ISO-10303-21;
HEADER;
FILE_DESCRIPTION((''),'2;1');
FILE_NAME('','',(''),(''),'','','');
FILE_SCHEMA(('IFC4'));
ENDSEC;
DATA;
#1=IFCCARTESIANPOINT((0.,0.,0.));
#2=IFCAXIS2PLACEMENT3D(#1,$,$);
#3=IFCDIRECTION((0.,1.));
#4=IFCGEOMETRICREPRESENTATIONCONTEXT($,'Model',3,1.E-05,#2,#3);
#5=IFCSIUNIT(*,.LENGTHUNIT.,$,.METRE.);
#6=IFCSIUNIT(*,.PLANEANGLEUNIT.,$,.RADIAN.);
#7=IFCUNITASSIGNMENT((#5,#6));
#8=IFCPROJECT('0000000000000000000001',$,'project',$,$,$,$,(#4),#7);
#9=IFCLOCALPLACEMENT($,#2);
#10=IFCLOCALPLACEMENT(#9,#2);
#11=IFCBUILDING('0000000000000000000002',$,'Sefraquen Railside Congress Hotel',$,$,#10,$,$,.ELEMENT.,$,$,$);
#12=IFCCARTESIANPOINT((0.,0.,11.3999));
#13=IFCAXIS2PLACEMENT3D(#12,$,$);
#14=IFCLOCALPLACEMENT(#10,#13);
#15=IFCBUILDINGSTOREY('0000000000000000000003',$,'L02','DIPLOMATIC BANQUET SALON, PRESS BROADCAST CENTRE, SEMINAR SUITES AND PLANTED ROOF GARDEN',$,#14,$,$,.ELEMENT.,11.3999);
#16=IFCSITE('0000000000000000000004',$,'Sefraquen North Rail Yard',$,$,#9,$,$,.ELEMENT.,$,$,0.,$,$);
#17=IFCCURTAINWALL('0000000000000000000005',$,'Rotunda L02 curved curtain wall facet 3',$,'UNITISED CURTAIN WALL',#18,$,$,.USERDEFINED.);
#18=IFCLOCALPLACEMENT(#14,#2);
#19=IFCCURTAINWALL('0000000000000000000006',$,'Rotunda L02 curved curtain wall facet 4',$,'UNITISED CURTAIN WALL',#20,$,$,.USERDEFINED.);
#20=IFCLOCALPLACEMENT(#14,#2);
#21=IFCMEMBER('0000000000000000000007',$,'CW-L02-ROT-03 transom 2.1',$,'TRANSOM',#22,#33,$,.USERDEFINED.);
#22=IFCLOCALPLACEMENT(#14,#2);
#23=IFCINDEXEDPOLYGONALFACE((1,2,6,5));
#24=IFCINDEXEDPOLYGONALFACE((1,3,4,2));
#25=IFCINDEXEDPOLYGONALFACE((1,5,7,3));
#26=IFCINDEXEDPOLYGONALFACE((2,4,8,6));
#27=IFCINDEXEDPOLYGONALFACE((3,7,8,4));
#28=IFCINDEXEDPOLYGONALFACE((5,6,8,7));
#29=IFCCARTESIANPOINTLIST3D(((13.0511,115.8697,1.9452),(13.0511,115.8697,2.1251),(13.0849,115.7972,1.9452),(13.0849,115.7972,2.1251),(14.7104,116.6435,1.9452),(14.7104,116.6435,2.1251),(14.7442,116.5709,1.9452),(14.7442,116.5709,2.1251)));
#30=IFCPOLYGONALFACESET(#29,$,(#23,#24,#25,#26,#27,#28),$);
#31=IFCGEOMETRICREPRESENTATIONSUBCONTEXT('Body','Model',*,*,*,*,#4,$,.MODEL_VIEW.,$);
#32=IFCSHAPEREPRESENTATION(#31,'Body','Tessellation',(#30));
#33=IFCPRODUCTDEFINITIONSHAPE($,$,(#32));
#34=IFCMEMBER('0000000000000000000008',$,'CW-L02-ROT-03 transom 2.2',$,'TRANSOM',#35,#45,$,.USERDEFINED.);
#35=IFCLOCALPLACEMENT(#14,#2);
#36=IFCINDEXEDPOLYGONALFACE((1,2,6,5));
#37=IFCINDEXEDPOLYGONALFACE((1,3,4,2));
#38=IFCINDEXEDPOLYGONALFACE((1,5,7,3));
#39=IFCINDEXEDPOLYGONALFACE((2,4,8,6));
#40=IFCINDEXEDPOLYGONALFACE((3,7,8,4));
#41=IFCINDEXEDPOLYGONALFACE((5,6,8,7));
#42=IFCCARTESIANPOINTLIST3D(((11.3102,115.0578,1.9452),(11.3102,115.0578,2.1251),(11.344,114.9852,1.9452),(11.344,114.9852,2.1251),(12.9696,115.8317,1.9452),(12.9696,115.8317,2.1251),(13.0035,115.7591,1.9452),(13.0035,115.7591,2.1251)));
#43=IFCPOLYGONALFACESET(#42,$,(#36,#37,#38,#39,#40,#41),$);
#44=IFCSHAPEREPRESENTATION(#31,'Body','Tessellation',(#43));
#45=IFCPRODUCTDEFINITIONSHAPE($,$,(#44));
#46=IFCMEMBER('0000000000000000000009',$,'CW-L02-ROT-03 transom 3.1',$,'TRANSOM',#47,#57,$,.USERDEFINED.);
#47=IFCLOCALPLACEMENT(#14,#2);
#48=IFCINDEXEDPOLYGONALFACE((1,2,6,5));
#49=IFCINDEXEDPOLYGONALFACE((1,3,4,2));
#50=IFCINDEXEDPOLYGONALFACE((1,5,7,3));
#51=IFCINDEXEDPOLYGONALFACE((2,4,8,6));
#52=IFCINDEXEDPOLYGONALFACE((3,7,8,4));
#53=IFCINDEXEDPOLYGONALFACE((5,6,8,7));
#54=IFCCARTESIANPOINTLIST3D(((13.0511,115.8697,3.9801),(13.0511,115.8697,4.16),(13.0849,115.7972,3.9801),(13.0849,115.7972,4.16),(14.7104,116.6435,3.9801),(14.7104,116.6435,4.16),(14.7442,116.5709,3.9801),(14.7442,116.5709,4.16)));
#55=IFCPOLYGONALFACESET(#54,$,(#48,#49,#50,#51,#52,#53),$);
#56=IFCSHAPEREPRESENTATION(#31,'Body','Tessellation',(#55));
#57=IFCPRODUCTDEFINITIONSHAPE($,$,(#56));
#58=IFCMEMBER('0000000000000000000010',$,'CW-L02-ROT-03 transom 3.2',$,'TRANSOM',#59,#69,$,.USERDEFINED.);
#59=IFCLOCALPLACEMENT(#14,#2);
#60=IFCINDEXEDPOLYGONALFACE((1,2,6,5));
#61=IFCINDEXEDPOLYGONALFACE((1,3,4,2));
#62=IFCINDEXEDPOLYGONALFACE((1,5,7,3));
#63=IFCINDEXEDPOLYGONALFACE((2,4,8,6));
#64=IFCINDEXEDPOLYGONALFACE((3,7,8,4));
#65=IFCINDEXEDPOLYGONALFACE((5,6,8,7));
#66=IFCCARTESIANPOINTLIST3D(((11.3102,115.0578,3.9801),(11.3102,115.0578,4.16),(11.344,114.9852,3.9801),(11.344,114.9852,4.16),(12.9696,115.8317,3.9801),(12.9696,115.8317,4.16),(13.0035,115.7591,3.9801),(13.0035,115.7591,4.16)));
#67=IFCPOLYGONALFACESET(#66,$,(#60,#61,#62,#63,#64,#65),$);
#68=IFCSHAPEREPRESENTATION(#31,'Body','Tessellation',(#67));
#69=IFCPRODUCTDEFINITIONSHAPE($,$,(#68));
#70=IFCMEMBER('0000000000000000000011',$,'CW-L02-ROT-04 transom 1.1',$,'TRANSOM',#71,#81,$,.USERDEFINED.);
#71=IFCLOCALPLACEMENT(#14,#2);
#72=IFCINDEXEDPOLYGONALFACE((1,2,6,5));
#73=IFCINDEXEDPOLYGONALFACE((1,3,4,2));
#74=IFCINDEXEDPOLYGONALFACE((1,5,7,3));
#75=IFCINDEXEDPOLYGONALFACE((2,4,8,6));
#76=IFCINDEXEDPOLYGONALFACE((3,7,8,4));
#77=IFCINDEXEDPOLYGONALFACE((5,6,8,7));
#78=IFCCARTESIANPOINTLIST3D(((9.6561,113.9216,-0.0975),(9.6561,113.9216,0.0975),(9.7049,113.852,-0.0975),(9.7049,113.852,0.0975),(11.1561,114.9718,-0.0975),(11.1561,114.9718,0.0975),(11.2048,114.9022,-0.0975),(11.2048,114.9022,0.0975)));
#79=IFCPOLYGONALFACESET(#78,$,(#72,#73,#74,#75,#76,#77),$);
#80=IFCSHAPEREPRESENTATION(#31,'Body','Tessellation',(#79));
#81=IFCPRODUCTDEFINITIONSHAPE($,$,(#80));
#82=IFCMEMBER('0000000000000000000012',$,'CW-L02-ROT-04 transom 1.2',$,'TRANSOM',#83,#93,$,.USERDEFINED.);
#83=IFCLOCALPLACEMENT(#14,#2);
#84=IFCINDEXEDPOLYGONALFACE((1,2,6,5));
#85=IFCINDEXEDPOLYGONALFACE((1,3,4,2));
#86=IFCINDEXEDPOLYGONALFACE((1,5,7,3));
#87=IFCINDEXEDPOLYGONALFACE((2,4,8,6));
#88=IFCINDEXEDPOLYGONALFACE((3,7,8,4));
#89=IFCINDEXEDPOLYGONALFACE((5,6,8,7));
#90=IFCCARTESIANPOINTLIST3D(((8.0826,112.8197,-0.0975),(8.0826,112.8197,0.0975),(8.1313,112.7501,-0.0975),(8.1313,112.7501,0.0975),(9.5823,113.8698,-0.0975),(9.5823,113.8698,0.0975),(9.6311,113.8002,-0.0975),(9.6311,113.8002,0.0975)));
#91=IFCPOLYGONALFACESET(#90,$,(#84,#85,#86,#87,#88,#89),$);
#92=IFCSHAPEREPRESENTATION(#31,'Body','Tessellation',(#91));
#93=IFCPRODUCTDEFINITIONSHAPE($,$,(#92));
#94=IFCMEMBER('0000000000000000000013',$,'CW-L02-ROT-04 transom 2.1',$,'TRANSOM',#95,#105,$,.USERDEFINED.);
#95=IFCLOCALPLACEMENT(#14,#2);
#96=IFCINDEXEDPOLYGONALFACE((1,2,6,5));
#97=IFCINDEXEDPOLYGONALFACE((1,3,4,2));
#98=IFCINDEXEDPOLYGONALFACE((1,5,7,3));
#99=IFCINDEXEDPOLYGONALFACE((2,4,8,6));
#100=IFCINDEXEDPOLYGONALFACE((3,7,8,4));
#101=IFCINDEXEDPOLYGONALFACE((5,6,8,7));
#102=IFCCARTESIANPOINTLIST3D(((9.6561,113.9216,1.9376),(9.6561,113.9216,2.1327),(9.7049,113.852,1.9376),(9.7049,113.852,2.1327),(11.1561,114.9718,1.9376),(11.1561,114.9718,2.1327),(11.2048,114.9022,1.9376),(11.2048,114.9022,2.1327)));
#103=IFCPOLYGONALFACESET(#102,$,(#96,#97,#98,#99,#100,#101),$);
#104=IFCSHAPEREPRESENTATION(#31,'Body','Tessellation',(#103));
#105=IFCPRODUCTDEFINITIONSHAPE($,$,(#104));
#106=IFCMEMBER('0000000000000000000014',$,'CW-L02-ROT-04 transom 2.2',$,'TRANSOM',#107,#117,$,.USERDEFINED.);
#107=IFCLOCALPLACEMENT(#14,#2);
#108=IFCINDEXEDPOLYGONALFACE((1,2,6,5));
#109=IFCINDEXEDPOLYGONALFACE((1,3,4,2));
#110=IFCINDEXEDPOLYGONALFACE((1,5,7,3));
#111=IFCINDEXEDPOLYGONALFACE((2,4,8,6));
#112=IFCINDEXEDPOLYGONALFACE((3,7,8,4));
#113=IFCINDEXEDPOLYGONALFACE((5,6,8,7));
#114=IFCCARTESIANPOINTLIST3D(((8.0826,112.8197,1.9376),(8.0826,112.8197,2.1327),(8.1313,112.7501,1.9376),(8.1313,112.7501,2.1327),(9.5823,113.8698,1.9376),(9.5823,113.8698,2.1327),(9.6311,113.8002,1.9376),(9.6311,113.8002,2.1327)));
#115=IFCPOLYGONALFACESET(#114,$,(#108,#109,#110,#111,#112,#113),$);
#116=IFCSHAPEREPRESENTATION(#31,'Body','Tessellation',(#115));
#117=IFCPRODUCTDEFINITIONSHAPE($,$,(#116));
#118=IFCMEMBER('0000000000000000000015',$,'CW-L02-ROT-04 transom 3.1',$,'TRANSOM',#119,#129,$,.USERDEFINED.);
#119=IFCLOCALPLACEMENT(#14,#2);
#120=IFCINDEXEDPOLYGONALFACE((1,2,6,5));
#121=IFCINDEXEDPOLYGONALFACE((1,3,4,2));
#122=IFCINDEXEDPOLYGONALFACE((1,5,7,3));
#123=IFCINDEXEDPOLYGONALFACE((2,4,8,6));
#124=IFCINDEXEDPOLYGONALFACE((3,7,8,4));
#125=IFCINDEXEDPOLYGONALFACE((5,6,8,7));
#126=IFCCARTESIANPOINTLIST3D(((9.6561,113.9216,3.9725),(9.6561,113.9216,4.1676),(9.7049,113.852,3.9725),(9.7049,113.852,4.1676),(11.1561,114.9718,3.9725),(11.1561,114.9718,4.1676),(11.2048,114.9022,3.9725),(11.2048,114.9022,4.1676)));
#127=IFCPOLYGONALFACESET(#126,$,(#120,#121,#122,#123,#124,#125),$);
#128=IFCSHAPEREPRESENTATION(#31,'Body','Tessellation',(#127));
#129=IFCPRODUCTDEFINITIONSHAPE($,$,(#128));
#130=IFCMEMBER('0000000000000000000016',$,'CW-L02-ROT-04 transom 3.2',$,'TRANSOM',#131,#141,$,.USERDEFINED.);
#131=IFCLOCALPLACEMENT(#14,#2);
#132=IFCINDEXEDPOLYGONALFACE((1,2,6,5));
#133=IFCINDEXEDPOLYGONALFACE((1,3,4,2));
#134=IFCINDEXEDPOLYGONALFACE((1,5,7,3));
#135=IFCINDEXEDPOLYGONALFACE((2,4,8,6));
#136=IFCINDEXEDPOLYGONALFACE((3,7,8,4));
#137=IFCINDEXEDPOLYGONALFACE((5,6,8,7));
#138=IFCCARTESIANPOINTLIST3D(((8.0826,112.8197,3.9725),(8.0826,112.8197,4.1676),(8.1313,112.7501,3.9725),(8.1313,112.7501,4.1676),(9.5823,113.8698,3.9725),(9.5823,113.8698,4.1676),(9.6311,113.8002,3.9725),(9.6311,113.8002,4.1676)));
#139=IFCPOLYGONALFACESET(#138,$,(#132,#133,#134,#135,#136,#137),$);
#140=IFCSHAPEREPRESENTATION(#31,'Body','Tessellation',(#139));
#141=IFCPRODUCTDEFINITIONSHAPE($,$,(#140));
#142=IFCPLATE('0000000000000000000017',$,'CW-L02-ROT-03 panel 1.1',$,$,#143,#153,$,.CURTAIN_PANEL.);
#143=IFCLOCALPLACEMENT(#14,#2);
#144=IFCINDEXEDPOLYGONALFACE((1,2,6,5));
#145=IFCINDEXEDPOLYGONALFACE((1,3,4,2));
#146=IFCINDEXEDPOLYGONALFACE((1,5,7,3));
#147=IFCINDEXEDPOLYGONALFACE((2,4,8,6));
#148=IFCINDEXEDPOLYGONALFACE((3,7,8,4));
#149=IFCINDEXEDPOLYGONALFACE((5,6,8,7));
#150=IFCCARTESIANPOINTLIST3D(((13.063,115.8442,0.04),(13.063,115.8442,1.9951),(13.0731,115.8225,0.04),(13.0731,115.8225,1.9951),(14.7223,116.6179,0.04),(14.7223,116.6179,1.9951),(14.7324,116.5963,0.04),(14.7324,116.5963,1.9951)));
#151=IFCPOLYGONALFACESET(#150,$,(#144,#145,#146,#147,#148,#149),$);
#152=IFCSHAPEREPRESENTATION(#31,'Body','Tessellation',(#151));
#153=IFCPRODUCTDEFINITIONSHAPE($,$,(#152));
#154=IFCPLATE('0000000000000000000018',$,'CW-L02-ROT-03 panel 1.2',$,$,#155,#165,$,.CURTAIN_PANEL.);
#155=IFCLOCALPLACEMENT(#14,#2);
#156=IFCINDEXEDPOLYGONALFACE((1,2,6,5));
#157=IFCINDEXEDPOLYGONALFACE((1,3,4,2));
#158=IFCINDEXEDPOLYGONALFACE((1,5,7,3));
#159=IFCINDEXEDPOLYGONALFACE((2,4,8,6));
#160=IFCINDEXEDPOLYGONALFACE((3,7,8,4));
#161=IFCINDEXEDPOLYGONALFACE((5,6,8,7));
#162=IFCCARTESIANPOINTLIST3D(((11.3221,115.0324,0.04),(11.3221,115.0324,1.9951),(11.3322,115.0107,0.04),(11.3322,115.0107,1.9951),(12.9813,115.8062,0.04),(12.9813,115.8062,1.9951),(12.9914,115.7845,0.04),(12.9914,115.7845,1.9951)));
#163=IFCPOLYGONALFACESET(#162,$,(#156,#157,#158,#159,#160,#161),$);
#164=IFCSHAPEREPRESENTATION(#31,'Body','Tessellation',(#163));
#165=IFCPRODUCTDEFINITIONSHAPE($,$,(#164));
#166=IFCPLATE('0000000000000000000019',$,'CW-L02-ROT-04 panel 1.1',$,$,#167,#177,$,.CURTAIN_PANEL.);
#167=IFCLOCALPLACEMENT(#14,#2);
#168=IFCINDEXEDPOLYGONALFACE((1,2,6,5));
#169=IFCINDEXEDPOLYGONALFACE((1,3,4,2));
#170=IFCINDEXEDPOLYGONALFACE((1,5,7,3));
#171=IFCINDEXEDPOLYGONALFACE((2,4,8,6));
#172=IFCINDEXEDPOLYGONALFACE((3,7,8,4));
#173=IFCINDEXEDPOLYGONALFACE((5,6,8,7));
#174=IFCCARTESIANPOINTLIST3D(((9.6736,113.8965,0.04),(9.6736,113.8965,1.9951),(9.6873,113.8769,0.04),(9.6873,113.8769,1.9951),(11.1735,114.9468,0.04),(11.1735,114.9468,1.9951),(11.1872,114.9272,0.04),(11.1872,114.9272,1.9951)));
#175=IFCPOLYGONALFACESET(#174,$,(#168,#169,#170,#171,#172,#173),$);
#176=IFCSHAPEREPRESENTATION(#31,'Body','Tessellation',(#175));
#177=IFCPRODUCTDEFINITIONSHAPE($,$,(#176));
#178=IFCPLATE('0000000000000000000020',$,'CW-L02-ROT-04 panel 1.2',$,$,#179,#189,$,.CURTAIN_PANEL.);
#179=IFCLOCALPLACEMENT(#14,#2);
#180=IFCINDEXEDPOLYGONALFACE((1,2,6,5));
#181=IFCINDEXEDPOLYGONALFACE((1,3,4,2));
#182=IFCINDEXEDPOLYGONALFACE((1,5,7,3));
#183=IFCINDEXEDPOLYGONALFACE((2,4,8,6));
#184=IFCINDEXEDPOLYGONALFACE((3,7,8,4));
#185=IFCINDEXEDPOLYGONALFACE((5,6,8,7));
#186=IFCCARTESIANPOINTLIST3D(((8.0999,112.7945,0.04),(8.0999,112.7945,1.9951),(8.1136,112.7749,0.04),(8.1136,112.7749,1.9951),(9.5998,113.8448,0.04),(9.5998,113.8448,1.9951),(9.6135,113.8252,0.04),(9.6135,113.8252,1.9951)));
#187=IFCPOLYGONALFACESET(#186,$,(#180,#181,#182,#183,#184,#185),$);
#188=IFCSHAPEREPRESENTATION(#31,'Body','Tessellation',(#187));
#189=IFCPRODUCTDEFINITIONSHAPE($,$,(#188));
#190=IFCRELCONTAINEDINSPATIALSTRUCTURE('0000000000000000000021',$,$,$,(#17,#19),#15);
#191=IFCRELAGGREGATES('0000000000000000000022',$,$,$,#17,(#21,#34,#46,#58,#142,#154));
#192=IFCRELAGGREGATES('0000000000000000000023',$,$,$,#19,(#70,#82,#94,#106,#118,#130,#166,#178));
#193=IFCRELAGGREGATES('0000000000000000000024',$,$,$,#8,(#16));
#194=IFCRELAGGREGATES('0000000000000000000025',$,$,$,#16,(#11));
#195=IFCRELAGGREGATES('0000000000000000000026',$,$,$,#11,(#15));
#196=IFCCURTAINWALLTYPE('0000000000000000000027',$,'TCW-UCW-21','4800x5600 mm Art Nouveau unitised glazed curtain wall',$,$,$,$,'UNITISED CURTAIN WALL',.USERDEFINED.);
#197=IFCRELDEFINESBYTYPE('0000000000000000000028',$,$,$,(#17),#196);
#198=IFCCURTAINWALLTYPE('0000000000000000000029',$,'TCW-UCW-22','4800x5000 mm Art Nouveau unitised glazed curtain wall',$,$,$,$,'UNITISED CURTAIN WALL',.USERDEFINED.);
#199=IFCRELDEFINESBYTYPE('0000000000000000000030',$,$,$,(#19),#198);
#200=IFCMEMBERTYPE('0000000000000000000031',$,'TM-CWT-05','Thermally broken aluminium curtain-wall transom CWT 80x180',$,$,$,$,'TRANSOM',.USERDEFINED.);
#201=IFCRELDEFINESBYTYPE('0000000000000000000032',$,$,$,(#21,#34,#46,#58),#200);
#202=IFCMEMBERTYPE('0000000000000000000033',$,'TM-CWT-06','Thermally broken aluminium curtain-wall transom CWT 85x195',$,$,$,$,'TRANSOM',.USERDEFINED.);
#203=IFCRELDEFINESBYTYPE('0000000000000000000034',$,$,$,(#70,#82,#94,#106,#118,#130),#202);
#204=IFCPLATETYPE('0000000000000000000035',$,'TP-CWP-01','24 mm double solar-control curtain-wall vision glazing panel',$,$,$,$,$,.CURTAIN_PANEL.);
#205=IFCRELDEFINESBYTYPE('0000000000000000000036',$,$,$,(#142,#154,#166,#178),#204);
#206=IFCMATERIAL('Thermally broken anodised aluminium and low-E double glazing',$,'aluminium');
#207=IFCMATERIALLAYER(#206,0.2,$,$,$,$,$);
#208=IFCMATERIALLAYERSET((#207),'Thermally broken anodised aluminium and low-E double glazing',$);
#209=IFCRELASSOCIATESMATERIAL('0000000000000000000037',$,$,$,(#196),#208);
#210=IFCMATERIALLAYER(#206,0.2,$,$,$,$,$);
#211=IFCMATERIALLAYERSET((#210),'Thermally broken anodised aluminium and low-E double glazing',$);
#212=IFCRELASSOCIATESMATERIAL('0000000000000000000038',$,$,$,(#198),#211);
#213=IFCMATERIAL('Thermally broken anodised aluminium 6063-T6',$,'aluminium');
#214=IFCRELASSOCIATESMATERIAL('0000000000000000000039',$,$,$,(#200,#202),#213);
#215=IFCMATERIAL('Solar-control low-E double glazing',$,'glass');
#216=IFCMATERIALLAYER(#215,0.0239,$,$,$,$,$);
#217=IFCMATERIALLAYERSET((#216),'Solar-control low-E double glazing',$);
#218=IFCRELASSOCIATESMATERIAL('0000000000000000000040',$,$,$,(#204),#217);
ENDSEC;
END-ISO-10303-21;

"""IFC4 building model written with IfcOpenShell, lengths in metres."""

from ifc_helpers import new_model, si_unit, direction, frame, origin, origin_2d, place, context, subcontext, project, spatial, rectangle, extrude, material, layer, layer_set, material_profile, profile_set, type_object, element, aggregate, save


model = new_model("IFC4")

# Units and contexts
model_context = context("Model", 3, precision=1e-05, world=origin(), true_north=direction((0.0, 1.0)))
body_context = subcontext(model_context, "Body", "Model", "MODEL_VIEW")
ifc_project = project(units=[si_unit("LENGTHUNIT", "METRE"), si_unit("PLANEANGLEUNIT", "RADIAN")], contexts=[model_context])

# Site, building, storey
site_placement = place(None, origin())
site = spatial("IfcSite", under=ifc_project, at=site_placement, Name="Sefraquen North Rail Yard", CompositionType="ELEMENT", RefElevation=0.0)
building_placement = place(site_placement, origin())
building = spatial("IfcBuilding", under=site, at=building_placement, Name="Sefraquen Railside Congress Hotel", CompositionType="ELEMENT")
storey_placement = place(building_placement, frame((0.0, 0.0, 11.3999)))
storey = spatial("IfcBuildingStorey", under=building, at=storey_placement, Name="L02", Description="DIPLOMATIC BANQUET SALON, PRESS BROADCAST CENTRE, SEMINAR SUITES AND PLANTED ROOF GARDEN", CompositionType="ELEMENT", Elevation=11.3999)

# Curtain walls
ifc_material_1 = material(Name="Thermally broken anodised aluminium and low-E double glazing", Category="aluminium")
ifc_layer_1 = layer(ifc_material_1, 0.2)
ifc_layer_set_1 = layer_set([ifc_layer_1], Name="Thermally broken anodised aluminium and low-E double glazing")
curtain_wall_type_1 = type_object("IfcCurtainWallType", Name="TCW-UCW-21", Description="4800x5600 mm Art Nouveau unitised glazed curtain wall", ElementType="UNITISED CURTAIN WALL", PredefinedType="USERDEFINED", material=ifc_layer_set_1)
curtain_wall_1_placement = place(storey_placement, origin())
curtain_wall_1 = element("IfcCurtainWall", 1, at=curtain_wall_1_placement, inside=storey, type_object=curtain_wall_type_1, Name="Rotunda L02 curved curtain wall facet 3", ObjectType="UNITISED CURTAIN WALL", PredefinedType="USERDEFINED")
ifc_material_2 = material(Name="Thermally broken anodised aluminium 6063-T6", Category="aluminium")
ifc_layer_2 = layer(ifc_material_1, 0.2)
ifc_layer_set_2 = layer_set([ifc_layer_2], Name="Thermally broken anodised aluminium and low-E double glazing")
curtain_wall_type_2 = type_object("IfcCurtainWallType", Name="TCW-UCW-22", Description="4800x5000 mm Art Nouveau unitised glazed curtain wall", ElementType="UNITISED CURTAIN WALL", PredefinedType="USERDEFINED", material=ifc_layer_set_2)
curtain_wall_2_placement = place(storey_placement, origin())
curtain_wall_2 = element("IfcCurtainWall", 2, at=curtain_wall_2_placement, inside=storey, type_object=curtain_wall_type_2, Name="Rotunda L02 curved curtain wall facet 4", ObjectType="UNITISED CURTAIN WALL", PredefinedType="USERDEFINED")

# Members
ifc_material_profile_1 = material_profile(ifc_material_2, rectangle(XDim=0.0801, YDim=0.1799, at=origin_2d()), Name="CWT 80x180")
ifc_profile_set_1 = profile_set([ifc_material_profile_1], Name="Thermally broken anodised aluminium 6063-T6")
member_type_1 = type_object("IfcMemberType", Name="TM-CWT-05", Description="Thermally broken aluminium curtain-wall transom CWT 80x180", ElementType="TRANSOM", PredefinedType="USERDEFINED", material=ifc_profile_set_1)
member_1_placement = place(storey_placement, frame((14.7273, 116.6072, 2.0352), z_axis=(-0.906309, -0.422615, 0.0), x_axis=(0.422615, -0.906309, 0.0)))
member_1 = element("IfcMember", 3, at=member_1_placement, type_object=member_type_1, Name="CW-L02-ROT-03 transom 2.1", ObjectType="TRANSOM", PredefinedType="USERDEFINED", context=body_context, shape_type="SweptSolid", body=[
    extrude(rectangle(XDim=0.0801, YDim=0.1799, at=origin_2d()), origin(), (0.0, 0.0, 1.0), 1.8308),
])
member_2_placement = place(storey_placement, frame((12.9866, 115.7954, 2.0352), z_axis=(-0.906282, -0.422674, 0.0), x_axis=(0.422674, -0.906282, 0.0)))
member_2 = element("IfcMember", 4, at=member_2_placement, type_object=member_type_1, Name="CW-L02-ROT-03 transom 2.2", ObjectType="TRANSOM", PredefinedType="USERDEFINED", context=body_context, shape_type="SweptSolid", body=[
    extrude(rectangle(XDim=0.0801, YDim=0.1799, at=origin_2d()), origin(), (0.0, 0.0, 1.0), 1.8311),
])
member_3_placement = place(storey_placement, frame((14.7273, 116.6072, 4.0701), z_axis=(-0.906309, -0.422615, 0.0), x_axis=(0.422615, -0.906309, 0.0)))
member_3 = element("IfcMember", 5, at=member_3_placement, type_object=member_type_1, Name="CW-L02-ROT-03 transom 3.1", ObjectType="TRANSOM", PredefinedType="USERDEFINED", context=body_context, shape_type="SweptSolid", body=[
    extrude(rectangle(XDim=0.0801, YDim=0.1799, at=origin_2d()), origin(), (0.0, 0.0, 1.0), 1.8308),
])
member_4_placement = place(storey_placement, frame((12.9866, 115.7954, 4.0701), z_axis=(-0.906282, -0.422674, 0.0), x_axis=(0.422674, -0.906282, 0.0)))
member_4 = element("IfcMember", 6, at=member_4_placement, type_object=member_type_1, Name="CW-L02-ROT-03 transom 3.2", ObjectType="TRANSOM", PredefinedType="USERDEFINED", context=body_context, shape_type="SweptSolid", body=[
    extrude(rectangle(XDim=0.0801, YDim=0.1799, at=origin_2d()), origin(), (0.0, 0.0, 1.0), 1.8311),
])
ifc_material_profile_2 = material_profile(ifc_material_2, rectangle(XDim=0.085, YDim=0.1951, at=origin_2d()), Name="CWT 85x195")
ifc_profile_set_2 = profile_set([ifc_material_profile_2], Name="Thermally broken anodised aluminium 6063-T6")
member_type_2 = type_object("IfcMemberType", Name="TM-CWT-06", Description="Thermally broken aluminium curtain-wall transom CWT 85x195", ElementType="TRANSOM", PredefinedType="USERDEFINED", material=ifc_profile_set_2)
member_5_placement = place(storey_placement, frame((11.1804, 114.937, 0.0), z_axis=(-0.819157, -0.57357, 0.0), x_axis=(0.57357, -0.819157, 0.0)))
member_5 = element("IfcMember", 7, at=member_5_placement, type_object=member_type_2, Name="CW-L02-ROT-04 transom 1.1", ObjectType="TRANSOM", PredefinedType="USERDEFINED", context=body_context, shape_type="SweptSolid", body=[
    extrude(rectangle(XDim=0.085, YDim=0.1951, at=origin_2d()), origin(), (0.0, 0.0, 1.0), 1.8311),
])
member_6_placement = place(storey_placement, frame((9.6067, 113.835, 0.0), z_axis=(-0.819176, -0.573543, 0.0), x_axis=(0.573543, -0.819176, 0.0)))
member_6 = element("IfcMember", 8, at=member_6_placement, type_object=member_type_2, Name="CW-L02-ROT-04 transom 1.2", ObjectType="TRANSOM", PredefinedType="USERDEFINED", context=body_context, shape_type="SweptSolid", body=[
    extrude(rectangle(XDim=0.085, YDim=0.1951, at=origin_2d()), origin(), (0.0, 0.0, 1.0), 1.8308),
])
member_7_placement = place(storey_placement, frame((11.1804, 114.937, 2.0352), z_axis=(-0.819157, -0.57357, 0.0), x_axis=(0.57357, -0.819157, 0.0)))
member_7 = element("IfcMember", 9, at=member_7_placement, type_object=member_type_2, Name="CW-L02-ROT-04 transom 2.1", ObjectType="TRANSOM", PredefinedType="USERDEFINED", context=body_context, shape_type="SweptSolid", body=[
    extrude(rectangle(XDim=0.085, YDim=0.1951, at=origin_2d()), origin(), (0.0, 0.0, 1.0), 1.8311),
])
member_8_placement = place(storey_placement, frame((9.6067, 113.835, 2.0352), z_axis=(-0.819176, -0.573543, 0.0), x_axis=(0.573543, -0.819176, 0.0)))
member_8 = element("IfcMember", 10, at=member_8_placement, type_object=member_type_2, Name="CW-L02-ROT-04 transom 2.2", ObjectType="TRANSOM", PredefinedType="USERDEFINED", context=body_context, shape_type="SweptSolid", body=[
    extrude(rectangle(XDim=0.085, YDim=0.1951, at=origin_2d()), origin(), (0.0, 0.0, 1.0), 1.8308),
])
member_9_placement = place(storey_placement, frame((11.1804, 114.937, 4.0701), z_axis=(-0.819157, -0.57357, 0.0), x_axis=(0.57357, -0.819157, 0.0)))
member_9 = element("IfcMember", 11, at=member_9_placement, type_object=member_type_2, Name="CW-L02-ROT-04 transom 3.1", ObjectType="TRANSOM", PredefinedType="USERDEFINED", context=body_context, shape_type="SweptSolid", body=[
    extrude(rectangle(XDim=0.085, YDim=0.1951, at=origin_2d()), origin(), (0.0, 0.0, 1.0), 1.8311),
])
member_10_placement = place(storey_placement, frame((9.6067, 113.835, 4.0701), z_axis=(-0.819176, -0.573543, 0.0), x_axis=(0.573543, -0.819176, 0.0)))
member_10 = element("IfcMember", 12, at=member_10_placement, type_object=member_type_2, Name="CW-L02-ROT-04 transom 3.2", ObjectType="TRANSOM", PredefinedType="USERDEFINED", context=body_context, shape_type="SweptSolid", body=[
    extrude(rectangle(XDim=0.085, YDim=0.1951, at=origin_2d()), origin(), (0.0, 0.0, 1.0), 1.8308),
])

# Plates
ifc_material_3 = material(Name="Solar-control low-E double glazing", Category="glass")
ifc_layer_3 = layer(ifc_material_3, 0.0239)
ifc_layer_set_3 = layer_set([ifc_layer_3], Name="Solar-control low-E double glazing")
plate_type_1 = type_object("IfcPlateType", Name="TP-CWP-01", Description="24 mm double solar-control curtain-wall vision glazing panel", PredefinedType="CURTAIN_PANEL", material=ifc_layer_set_3)
plate_1_placement = place(storey_placement, frame((13.8977, 116.2202, 0.04), z_axis=(0.0, 0.0, 1.0), x_axis=(-0.9063, -0.422634, 0.0)))
plate_1 = element("IfcPlate", 13, at=plate_1_placement, type_object=plate_type_1, Name="CW-L02-ROT-03 panel 1.1", PredefinedType="CURTAIN_PANEL", context=body_context, shape_type="SweptSolid", body=[
    extrude(rectangle(XDim=1.8308, YDim=0.0239, at=origin_2d()), origin(), (0.0, 0.0, 1.0), 1.9551),
])
plate_2_placement = place(storey_placement, frame((12.1567, 115.4084, 0.04), z_axis=(0.0, 0.0, 1.0), x_axis=(-0.9063, -0.422634, 0.0)))
plate_2 = element("IfcPlate", 14, at=plate_2_placement, type_object=plate_type_1, Name="CW-L02-ROT-03 panel 1.2", PredefinedType="CURTAIN_PANEL", context=body_context, shape_type="SweptSolid", body=[
    extrude(rectangle(XDim=1.8308, YDim=0.0239, at=origin_2d()), origin(), (0.0, 0.0, 1.0), 1.9551),
])
plate_3_placement = place(storey_placement, frame((10.4304, 114.4119, 0.04), z_axis=(0.0, 0.0, 1.0), x_axis=(-0.819132, -0.573605, 0.0)))
plate_3 = element("IfcPlate", 15, at=plate_3_placement, type_object=plate_type_1, Name="CW-L02-ROT-04 panel 1.1", PredefinedType="CURTAIN_PANEL", context=body_context, shape_type="SweptSolid", body=[
    extrude(rectangle(XDim=1.8311, YDim=0.0239, at=origin_2d()), origin(), (0.0, 0.0, 1.0), 1.9551),
])
plate_4_placement = place(storey_placement, frame((8.8567, 113.3098, 0.04), z_axis=(0.0, 0.0, 1.0), x_axis=(-0.819132, -0.573605, 0.0)))
plate_4 = element("IfcPlate", 16, at=plate_4_placement, type_object=plate_type_1, Name="CW-L02-ROT-04 panel 1.2", PredefinedType="CURTAIN_PANEL", context=body_context, shape_type="SweptSolid", body=[
    extrude(rectangle(XDim=1.8311, YDim=0.0239, at=origin_2d()), origin(), (0.0, 0.0, 1.0), 1.9551),
])
aggregate(curtain_wall_1, [member_1, member_2, member_3, member_4, plate_1, plate_2])
aggregate(curtain_wall_2, [member_5, member_6, member_7, member_8, member_9, member_10, plate_3, plate_4])

save(model, "model.ifc")
